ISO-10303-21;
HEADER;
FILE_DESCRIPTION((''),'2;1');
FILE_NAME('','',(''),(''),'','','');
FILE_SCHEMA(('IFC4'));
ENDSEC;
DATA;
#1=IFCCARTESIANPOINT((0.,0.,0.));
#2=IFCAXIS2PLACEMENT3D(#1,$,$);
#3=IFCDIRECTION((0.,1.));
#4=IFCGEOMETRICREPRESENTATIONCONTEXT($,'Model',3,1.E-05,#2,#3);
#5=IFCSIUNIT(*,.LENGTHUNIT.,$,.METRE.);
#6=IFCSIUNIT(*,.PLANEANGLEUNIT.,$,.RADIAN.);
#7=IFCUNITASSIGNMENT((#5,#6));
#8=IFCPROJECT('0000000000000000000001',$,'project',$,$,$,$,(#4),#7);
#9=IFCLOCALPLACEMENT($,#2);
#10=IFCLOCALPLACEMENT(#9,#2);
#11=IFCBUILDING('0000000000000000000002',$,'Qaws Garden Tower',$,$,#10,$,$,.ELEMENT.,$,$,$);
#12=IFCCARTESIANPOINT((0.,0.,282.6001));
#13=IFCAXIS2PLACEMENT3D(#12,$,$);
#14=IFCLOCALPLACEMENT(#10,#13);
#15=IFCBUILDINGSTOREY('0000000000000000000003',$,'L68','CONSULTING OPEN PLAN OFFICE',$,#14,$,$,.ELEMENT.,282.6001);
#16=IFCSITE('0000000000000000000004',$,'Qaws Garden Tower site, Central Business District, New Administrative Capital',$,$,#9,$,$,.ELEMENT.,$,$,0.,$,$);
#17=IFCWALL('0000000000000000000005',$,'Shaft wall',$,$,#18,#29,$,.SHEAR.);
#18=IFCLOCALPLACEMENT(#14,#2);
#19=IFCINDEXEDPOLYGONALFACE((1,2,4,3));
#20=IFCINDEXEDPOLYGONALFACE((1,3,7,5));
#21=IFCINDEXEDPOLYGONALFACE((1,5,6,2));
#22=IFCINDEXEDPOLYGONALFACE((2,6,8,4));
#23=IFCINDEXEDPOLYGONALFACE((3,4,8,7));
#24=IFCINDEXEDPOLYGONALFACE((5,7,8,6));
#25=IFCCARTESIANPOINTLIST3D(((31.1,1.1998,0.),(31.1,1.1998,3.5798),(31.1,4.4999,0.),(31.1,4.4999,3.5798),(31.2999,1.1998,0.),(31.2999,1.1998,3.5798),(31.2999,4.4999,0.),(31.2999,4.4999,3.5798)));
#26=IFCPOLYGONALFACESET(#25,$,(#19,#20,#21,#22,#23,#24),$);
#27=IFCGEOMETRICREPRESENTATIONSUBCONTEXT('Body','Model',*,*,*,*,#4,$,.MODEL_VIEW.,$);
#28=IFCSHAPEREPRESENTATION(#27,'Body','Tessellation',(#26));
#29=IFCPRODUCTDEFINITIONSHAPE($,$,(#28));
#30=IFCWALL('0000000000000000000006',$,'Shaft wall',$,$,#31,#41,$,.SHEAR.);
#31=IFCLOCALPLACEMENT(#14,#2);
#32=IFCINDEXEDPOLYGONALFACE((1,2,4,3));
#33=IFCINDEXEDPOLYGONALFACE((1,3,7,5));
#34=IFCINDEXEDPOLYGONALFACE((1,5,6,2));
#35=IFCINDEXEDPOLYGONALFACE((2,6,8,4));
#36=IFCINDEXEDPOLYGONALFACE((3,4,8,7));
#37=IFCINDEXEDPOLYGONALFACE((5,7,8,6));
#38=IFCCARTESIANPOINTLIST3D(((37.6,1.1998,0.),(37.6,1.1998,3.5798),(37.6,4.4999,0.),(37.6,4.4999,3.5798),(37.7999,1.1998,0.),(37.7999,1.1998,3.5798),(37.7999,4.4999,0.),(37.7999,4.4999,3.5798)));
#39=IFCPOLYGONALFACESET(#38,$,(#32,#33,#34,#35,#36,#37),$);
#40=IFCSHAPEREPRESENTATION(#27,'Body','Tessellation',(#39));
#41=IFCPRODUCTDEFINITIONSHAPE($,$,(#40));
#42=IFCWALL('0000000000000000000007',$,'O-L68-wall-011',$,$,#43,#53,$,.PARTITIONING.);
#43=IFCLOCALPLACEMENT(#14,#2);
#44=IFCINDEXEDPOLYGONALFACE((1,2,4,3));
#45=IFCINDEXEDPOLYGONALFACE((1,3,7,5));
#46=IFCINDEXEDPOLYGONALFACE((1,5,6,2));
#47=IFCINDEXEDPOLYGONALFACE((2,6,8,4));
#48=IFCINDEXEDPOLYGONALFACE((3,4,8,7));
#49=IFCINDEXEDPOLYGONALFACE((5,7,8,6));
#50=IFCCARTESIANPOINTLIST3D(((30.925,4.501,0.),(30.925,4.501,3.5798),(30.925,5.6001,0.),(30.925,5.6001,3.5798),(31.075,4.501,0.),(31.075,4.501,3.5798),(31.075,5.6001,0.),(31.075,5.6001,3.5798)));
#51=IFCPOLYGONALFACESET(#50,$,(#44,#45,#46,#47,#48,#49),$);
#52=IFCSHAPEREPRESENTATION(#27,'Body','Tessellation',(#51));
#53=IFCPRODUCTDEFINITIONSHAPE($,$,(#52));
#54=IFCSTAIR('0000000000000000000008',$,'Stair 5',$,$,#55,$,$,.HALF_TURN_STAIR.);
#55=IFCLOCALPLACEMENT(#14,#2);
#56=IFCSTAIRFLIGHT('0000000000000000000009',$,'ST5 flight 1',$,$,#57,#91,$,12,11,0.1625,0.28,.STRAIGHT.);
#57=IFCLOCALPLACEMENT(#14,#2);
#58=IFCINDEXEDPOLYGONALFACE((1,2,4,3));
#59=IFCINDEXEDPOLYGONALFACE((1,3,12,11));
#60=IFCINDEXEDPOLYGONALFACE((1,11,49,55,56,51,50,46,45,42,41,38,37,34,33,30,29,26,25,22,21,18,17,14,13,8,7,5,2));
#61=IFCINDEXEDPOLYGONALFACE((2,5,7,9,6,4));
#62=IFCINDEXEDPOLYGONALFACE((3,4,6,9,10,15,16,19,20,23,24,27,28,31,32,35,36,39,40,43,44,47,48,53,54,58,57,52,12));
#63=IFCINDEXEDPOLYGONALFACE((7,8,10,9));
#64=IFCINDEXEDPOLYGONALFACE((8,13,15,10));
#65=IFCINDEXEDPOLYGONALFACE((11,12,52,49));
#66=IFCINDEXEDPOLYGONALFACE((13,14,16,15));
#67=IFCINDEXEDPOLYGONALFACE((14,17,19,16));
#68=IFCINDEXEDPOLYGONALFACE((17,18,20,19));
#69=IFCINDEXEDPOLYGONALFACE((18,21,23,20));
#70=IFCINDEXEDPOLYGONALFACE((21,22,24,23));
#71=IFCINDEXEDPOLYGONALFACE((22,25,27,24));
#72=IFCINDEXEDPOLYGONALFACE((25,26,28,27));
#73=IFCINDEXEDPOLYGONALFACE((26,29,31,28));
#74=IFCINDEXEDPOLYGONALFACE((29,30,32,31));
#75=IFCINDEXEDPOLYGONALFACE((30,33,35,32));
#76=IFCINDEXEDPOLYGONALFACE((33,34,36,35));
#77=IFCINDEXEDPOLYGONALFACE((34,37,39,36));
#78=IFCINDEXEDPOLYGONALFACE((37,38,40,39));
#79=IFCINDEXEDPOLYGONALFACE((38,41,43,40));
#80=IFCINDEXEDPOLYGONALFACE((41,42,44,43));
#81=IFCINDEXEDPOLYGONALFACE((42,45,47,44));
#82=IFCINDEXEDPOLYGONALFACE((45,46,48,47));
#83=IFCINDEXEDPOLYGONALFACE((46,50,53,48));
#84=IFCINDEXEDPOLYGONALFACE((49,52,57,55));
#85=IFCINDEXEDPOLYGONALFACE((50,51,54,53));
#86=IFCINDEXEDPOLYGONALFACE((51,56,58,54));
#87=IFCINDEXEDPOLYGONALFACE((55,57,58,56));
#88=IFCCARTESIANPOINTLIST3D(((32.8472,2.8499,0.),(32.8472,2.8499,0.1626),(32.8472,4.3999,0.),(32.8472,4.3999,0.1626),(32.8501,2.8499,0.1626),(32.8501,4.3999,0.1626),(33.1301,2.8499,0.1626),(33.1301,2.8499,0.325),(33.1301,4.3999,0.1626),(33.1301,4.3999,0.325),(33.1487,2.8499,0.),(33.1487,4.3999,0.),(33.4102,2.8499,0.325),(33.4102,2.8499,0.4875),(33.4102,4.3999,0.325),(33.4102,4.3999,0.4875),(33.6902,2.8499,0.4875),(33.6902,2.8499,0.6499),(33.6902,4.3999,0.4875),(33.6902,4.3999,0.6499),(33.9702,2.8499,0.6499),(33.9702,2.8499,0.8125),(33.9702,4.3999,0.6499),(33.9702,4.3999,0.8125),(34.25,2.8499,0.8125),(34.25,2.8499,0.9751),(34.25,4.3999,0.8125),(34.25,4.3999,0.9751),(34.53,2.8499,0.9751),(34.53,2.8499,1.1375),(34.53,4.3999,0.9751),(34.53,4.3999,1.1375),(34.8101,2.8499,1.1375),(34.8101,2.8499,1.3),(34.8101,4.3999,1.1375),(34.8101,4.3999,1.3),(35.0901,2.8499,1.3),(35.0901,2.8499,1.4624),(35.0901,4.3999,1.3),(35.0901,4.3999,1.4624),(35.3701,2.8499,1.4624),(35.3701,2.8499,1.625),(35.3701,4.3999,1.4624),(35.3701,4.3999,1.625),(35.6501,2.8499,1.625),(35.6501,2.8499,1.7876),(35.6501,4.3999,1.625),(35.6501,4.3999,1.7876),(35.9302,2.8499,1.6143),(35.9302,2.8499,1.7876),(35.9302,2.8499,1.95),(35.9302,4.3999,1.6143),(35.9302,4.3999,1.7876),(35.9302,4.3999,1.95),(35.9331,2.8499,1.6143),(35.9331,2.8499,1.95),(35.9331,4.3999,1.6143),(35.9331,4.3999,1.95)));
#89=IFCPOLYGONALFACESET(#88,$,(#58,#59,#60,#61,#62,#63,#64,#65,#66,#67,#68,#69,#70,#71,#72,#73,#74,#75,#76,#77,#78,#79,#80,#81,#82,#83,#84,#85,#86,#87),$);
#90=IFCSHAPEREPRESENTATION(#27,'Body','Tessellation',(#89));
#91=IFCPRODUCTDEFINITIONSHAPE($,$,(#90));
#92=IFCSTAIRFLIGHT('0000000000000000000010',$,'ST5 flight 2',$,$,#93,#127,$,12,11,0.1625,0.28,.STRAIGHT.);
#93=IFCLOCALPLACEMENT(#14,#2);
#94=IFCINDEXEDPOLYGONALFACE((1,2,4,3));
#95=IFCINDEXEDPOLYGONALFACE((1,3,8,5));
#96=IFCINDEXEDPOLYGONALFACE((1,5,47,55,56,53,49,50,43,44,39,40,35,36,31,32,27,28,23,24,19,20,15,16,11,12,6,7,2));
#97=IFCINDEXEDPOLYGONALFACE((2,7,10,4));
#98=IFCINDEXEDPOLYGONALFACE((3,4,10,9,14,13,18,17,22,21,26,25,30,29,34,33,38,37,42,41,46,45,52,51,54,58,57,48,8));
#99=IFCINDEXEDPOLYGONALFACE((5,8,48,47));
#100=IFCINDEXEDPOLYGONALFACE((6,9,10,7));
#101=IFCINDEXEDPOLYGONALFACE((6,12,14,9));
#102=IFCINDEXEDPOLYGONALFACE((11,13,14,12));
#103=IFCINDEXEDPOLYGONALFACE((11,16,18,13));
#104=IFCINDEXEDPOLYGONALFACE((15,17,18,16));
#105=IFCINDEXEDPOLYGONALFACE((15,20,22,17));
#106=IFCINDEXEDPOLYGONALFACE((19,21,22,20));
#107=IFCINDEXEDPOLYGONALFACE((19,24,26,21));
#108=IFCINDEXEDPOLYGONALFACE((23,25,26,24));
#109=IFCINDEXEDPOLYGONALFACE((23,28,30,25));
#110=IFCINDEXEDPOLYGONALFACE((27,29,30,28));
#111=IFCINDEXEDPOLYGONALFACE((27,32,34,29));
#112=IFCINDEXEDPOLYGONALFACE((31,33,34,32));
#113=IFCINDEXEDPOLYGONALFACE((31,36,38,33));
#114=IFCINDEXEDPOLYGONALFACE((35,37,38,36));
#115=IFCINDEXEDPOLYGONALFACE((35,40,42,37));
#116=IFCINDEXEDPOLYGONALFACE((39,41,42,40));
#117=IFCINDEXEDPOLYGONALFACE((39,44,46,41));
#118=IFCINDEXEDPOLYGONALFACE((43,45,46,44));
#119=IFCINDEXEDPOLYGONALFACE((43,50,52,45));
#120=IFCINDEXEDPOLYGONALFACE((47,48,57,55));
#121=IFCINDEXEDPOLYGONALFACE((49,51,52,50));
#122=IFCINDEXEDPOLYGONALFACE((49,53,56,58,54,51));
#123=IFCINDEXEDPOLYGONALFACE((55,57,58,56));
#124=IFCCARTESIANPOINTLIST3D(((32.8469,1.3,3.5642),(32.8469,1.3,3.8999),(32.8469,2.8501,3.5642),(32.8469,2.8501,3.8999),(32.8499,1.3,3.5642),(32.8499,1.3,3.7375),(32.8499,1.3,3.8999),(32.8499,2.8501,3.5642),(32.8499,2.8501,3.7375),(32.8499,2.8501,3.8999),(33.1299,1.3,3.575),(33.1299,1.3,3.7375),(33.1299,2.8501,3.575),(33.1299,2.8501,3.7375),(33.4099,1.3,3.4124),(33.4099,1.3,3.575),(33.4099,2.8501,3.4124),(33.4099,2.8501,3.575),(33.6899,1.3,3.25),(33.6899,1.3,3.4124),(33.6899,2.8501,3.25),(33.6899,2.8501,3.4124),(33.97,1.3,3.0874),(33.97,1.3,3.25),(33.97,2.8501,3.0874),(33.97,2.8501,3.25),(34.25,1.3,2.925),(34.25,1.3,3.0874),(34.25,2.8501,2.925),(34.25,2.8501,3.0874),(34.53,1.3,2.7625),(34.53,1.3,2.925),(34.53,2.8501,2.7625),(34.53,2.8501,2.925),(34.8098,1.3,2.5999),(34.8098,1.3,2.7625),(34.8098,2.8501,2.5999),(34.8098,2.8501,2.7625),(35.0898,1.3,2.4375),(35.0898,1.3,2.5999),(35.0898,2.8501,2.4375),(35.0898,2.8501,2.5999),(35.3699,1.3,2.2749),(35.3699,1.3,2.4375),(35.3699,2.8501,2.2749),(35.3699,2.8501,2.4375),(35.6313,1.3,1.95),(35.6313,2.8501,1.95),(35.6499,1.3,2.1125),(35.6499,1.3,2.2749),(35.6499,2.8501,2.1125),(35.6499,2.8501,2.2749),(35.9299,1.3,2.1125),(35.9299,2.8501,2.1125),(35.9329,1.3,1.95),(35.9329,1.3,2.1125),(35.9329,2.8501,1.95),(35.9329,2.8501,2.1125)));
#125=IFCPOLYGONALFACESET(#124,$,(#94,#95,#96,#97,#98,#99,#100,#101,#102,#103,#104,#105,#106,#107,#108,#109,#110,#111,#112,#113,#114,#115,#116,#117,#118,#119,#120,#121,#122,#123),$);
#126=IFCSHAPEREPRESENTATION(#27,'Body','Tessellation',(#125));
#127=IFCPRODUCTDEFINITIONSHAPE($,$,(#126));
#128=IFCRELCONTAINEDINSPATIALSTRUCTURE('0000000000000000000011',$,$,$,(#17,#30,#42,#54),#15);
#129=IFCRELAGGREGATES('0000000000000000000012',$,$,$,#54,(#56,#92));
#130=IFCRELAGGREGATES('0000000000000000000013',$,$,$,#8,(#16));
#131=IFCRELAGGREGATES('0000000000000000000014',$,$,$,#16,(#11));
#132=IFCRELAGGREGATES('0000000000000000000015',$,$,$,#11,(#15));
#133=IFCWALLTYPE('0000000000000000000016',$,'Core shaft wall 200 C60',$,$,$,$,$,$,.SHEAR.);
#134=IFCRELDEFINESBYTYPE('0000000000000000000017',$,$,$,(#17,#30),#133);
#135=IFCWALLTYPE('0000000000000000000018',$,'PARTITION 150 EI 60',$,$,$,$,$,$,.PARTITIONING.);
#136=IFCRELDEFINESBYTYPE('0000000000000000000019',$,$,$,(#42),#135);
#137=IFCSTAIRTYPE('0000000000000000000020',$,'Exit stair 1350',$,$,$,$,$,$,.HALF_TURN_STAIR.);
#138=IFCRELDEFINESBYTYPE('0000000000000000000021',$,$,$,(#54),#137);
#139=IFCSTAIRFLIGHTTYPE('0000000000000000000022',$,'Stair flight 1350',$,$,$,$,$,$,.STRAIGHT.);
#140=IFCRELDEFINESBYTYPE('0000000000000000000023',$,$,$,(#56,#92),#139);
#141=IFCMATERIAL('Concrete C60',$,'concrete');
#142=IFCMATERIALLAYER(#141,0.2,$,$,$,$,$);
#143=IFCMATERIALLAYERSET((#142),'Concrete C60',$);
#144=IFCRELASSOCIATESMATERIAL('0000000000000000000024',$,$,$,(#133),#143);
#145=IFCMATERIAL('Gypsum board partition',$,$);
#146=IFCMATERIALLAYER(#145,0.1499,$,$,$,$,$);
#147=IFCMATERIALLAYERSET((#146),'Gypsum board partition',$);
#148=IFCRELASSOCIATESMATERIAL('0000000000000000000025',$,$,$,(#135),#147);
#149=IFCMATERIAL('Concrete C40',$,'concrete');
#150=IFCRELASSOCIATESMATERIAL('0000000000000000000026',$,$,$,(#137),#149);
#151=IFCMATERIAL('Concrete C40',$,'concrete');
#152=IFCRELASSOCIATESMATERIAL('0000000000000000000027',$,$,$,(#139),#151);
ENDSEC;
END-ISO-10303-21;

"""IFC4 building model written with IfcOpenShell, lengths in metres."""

from ifc_helpers import new_model, si_unit, direction, frame, frame_2d, origin, place, context, subcontext, project, spatial, polyline, rectangle, outline, extrude, material, layer, layer_set, type_object, element, aggregate, save


model = new_model("IFC4")

# Units and contexts
model_context = context("Model", 3, precision=1e-05, world=origin(), true_north=direction((0.0, 1.0)))
body_context = subcontext(model_context, "Body", "Model", "MODEL_VIEW")
ifc_project = project(units=[si_unit("LENGTHUNIT", "METRE"), si_unit("PLANEANGLEUNIT", "RADIAN")], contexts=[model_context])

# Site, building, storey
site_placement = place(None, origin())
site = spatial("IfcSite", under=ifc_project, at=site_placement, Name="Qaws Garden Tower site, Central Business District, New Administrative Capital", CompositionType="ELEMENT", RefElevation=0.0)
building_placement = place(site_placement, origin())
building = spatial("IfcBuilding", under=site, at=building_placement, Name="Qaws Garden Tower", CompositionType="ELEMENT")
storey_placement = place(building_placement, frame((0.0, 0.0, 282.6001)))
storey = spatial("IfcBuildingStorey", under=building, at=storey_placement, Name="L68", Description="CONSULTING OPEN PLAN OFFICE", CompositionType="ELEMENT", Elevation=282.6001)

# Shared definitions
ifc_material_1 = material(Name="Concrete C60", Category="concrete")
ifc_layer_1 = layer(ifc_material_1, 0.2)
ifc_layer_set_1 = layer_set([ifc_layer_1], Name="Concrete C60")
wall_type_1 = type_object("IfcWallType", Name="Core shaft wall 200 C60", PredefinedType="SHEAR", material=ifc_layer_set_1)

# Walls
for number, where, z_axis, x_axis, name in (
    (1, (31.2, 1.2, 0.0), (0.0, 0.0, 1.0), (0.0, 1.0, 0.0), "Shaft wall"),
    (2, (37.7, 1.2, 0.0), (0.0, 0.0, 1.0), (0.0, 1.0, 0.0), "Shaft wall"),
):
    element("IfcWall", number, at=place(storey_placement, frame(where, z_axis=z_axis, x_axis=x_axis)), inside=storey, type_object=wall_type_1, Name=name, PredefinedType="SHEAR", context=body_context, shape_type="SweptSolid", body=[
        extrude(rectangle(XDim=3.3, YDim=0.2, at=frame_2d((1.6499, 0.0))), origin(), (0.0, 0.0, 1.0), 3.5798),
    ])
ifc_material_2 = material(Name="Gypsum board partition")
ifc_layer_2 = layer(ifc_material_2, 0.1499)
ifc_layer_set_2 = layer_set([ifc_layer_2], Name="Gypsum board partition")
wall_type_2 = type_object("IfcWallType", Name="PARTITION 150 EI 60", PredefinedType="PARTITIONING", material=ifc_layer_set_2)
wall_1_placement = place(storey_placement, frame((31.0, 4.501, 0.0), z_axis=(0.0, 0.0, 1.0), x_axis=(0.0, 1.0, 0.0)))
element("IfcWall", 3, at=wall_1_placement, inside=storey, type_object=wall_type_2, Name="O-L68-wall-011", PredefinedType="PARTITIONING", context=body_context, shape_type="SweptSolid", body=[
    extrude(rectangle(XDim=1.0991, YDim=0.1499, at=frame_2d((0.5496, 0.0))), origin(), (0.0, 0.0, 1.0), 3.5798),
])

# Stair, stair flights
ifc_material_3 = material(Name="Concrete C40", Category="concrete")
stair_type = type_object("IfcStairType", Name="Exit stair 1350", PredefinedType="HALF_TURN_STAIR", material=ifc_material_3)
stair_placement = place(storey_placement, origin())
stair = element("IfcStair", 4, at=stair_placement, inside=storey, type_object=stair_type, Name="Stair 5", PredefinedType="HALF_TURN_STAIR")
ifc_material_4 = material(Name="Concrete C40", Category="concrete")
stair_flight_type = type_object("IfcStairFlightType", Name="Stair flight 1350", PredefinedType="STRAIGHT", material=ifc_material_4)
stair_flight_1_placement = place(storey_placement, frame((32.8501, 3.625, 0.0), z_axis=(0.0, 0.0, 1.0), x_axis=(1.0, 0.0, 0.0)))
stair_flight_1 = element("IfcStairFlight", 5, at=stair_flight_1_placement, type_object=stair_flight_type, Name="ST5 flight 1", NumberOfRisers=12, NumberOfTreads=11, PredefinedType="STRAIGHT", RiserHeight=0.1625, TreadLength=0.28, context=body_context, shape_type="SweptSolid", body=[
    extrude(outline(polyline([(-0.0029, 0.0), (-0.0029, 0.1626), (0.0, 0.1626), (0.28, 0.1626), (0.28, 0.325), (0.5601, 0.325), (0.5601, 0.4875), (0.8401, 0.4875), (0.8401, 0.6499), (1.1201, 0.6499), (1.1201, 0.8125), (1.3999, 0.8125), (1.3999, 0.9751), (1.6799, 0.9751), (1.6799, 1.1375), (1.96, 1.1375), (1.96, 1.3), (2.24, 1.3), (2.24, 1.4624), (2.52, 1.4624), (2.52, 1.625), (2.8, 1.625), (2.8, 1.7876), (3.0801, 1.7876), (3.0801, 1.95), (3.083, 1.95), (3.083, 1.6143), (3.0801, 1.6143), (0.2986, 0.0), (-0.0029, 0.0)])), frame((0.0, 0.7749, 0.0), z_axis=(0.0, -1.0, 0.0), x_axis=(1.0, 0.0, 0.0)), (0.0, 0.0, 1.0), 1.55),
])
stair_flight_2_placement = place(storey_placement, frame((35.9299, 2.075, 1.95), z_axis=(0.0, 0.0, 1.0), x_axis=(-1.0, 0.0, 0.0)))
stair_flight_2 = element("IfcStairFlight", 6, at=stair_flight_2_placement, type_object=stair_flight_type, Name="ST5 flight 2", NumberOfRisers=12, NumberOfTreads=11, PredefinedType="STRAIGHT", RiserHeight=0.1625, TreadLength=0.28, context=body_context, shape_type="SweptSolid", body=[
    extrude(outline(polyline([(-0.0029, 0.0), (-0.0029, 0.1626), (0.0, 0.1626), (0.28, 0.1626), (0.28, 0.325), (0.5601, 0.325), (0.5601, 0.4875), (0.8401, 0.4875), (0.8401, 0.6499), (1.1201, 0.6499), (1.1201, 0.8125), (1.3999, 0.8125), (1.3999, 0.9751), (1.6799, 0.9751), (1.6799, 1.1375), (1.96, 1.1375), (1.96, 1.3), (2.24, 1.3), (2.24, 1.4624), (2.52, 1.4624), (2.52, 1.625), (2.8, 1.625), (2.8, 1.7876), (3.0801, 1.7876), (3.0801, 1.95), (3.083, 1.95), (3.083, 1.6143), (3.0801, 1.6143), (0.2986, 0.0), (-0.0029, 0.0)])), frame((0.0, 0.7749, 0.0), z_axis=(0.0, -1.0, 0.0), x_axis=(1.0, 0.0, 0.0)), (0.0, 0.0, 1.0), 1.55),
])
aggregate(stair, [stair_flight_1, stair_flight_2])

save(model, "model.ifc")
